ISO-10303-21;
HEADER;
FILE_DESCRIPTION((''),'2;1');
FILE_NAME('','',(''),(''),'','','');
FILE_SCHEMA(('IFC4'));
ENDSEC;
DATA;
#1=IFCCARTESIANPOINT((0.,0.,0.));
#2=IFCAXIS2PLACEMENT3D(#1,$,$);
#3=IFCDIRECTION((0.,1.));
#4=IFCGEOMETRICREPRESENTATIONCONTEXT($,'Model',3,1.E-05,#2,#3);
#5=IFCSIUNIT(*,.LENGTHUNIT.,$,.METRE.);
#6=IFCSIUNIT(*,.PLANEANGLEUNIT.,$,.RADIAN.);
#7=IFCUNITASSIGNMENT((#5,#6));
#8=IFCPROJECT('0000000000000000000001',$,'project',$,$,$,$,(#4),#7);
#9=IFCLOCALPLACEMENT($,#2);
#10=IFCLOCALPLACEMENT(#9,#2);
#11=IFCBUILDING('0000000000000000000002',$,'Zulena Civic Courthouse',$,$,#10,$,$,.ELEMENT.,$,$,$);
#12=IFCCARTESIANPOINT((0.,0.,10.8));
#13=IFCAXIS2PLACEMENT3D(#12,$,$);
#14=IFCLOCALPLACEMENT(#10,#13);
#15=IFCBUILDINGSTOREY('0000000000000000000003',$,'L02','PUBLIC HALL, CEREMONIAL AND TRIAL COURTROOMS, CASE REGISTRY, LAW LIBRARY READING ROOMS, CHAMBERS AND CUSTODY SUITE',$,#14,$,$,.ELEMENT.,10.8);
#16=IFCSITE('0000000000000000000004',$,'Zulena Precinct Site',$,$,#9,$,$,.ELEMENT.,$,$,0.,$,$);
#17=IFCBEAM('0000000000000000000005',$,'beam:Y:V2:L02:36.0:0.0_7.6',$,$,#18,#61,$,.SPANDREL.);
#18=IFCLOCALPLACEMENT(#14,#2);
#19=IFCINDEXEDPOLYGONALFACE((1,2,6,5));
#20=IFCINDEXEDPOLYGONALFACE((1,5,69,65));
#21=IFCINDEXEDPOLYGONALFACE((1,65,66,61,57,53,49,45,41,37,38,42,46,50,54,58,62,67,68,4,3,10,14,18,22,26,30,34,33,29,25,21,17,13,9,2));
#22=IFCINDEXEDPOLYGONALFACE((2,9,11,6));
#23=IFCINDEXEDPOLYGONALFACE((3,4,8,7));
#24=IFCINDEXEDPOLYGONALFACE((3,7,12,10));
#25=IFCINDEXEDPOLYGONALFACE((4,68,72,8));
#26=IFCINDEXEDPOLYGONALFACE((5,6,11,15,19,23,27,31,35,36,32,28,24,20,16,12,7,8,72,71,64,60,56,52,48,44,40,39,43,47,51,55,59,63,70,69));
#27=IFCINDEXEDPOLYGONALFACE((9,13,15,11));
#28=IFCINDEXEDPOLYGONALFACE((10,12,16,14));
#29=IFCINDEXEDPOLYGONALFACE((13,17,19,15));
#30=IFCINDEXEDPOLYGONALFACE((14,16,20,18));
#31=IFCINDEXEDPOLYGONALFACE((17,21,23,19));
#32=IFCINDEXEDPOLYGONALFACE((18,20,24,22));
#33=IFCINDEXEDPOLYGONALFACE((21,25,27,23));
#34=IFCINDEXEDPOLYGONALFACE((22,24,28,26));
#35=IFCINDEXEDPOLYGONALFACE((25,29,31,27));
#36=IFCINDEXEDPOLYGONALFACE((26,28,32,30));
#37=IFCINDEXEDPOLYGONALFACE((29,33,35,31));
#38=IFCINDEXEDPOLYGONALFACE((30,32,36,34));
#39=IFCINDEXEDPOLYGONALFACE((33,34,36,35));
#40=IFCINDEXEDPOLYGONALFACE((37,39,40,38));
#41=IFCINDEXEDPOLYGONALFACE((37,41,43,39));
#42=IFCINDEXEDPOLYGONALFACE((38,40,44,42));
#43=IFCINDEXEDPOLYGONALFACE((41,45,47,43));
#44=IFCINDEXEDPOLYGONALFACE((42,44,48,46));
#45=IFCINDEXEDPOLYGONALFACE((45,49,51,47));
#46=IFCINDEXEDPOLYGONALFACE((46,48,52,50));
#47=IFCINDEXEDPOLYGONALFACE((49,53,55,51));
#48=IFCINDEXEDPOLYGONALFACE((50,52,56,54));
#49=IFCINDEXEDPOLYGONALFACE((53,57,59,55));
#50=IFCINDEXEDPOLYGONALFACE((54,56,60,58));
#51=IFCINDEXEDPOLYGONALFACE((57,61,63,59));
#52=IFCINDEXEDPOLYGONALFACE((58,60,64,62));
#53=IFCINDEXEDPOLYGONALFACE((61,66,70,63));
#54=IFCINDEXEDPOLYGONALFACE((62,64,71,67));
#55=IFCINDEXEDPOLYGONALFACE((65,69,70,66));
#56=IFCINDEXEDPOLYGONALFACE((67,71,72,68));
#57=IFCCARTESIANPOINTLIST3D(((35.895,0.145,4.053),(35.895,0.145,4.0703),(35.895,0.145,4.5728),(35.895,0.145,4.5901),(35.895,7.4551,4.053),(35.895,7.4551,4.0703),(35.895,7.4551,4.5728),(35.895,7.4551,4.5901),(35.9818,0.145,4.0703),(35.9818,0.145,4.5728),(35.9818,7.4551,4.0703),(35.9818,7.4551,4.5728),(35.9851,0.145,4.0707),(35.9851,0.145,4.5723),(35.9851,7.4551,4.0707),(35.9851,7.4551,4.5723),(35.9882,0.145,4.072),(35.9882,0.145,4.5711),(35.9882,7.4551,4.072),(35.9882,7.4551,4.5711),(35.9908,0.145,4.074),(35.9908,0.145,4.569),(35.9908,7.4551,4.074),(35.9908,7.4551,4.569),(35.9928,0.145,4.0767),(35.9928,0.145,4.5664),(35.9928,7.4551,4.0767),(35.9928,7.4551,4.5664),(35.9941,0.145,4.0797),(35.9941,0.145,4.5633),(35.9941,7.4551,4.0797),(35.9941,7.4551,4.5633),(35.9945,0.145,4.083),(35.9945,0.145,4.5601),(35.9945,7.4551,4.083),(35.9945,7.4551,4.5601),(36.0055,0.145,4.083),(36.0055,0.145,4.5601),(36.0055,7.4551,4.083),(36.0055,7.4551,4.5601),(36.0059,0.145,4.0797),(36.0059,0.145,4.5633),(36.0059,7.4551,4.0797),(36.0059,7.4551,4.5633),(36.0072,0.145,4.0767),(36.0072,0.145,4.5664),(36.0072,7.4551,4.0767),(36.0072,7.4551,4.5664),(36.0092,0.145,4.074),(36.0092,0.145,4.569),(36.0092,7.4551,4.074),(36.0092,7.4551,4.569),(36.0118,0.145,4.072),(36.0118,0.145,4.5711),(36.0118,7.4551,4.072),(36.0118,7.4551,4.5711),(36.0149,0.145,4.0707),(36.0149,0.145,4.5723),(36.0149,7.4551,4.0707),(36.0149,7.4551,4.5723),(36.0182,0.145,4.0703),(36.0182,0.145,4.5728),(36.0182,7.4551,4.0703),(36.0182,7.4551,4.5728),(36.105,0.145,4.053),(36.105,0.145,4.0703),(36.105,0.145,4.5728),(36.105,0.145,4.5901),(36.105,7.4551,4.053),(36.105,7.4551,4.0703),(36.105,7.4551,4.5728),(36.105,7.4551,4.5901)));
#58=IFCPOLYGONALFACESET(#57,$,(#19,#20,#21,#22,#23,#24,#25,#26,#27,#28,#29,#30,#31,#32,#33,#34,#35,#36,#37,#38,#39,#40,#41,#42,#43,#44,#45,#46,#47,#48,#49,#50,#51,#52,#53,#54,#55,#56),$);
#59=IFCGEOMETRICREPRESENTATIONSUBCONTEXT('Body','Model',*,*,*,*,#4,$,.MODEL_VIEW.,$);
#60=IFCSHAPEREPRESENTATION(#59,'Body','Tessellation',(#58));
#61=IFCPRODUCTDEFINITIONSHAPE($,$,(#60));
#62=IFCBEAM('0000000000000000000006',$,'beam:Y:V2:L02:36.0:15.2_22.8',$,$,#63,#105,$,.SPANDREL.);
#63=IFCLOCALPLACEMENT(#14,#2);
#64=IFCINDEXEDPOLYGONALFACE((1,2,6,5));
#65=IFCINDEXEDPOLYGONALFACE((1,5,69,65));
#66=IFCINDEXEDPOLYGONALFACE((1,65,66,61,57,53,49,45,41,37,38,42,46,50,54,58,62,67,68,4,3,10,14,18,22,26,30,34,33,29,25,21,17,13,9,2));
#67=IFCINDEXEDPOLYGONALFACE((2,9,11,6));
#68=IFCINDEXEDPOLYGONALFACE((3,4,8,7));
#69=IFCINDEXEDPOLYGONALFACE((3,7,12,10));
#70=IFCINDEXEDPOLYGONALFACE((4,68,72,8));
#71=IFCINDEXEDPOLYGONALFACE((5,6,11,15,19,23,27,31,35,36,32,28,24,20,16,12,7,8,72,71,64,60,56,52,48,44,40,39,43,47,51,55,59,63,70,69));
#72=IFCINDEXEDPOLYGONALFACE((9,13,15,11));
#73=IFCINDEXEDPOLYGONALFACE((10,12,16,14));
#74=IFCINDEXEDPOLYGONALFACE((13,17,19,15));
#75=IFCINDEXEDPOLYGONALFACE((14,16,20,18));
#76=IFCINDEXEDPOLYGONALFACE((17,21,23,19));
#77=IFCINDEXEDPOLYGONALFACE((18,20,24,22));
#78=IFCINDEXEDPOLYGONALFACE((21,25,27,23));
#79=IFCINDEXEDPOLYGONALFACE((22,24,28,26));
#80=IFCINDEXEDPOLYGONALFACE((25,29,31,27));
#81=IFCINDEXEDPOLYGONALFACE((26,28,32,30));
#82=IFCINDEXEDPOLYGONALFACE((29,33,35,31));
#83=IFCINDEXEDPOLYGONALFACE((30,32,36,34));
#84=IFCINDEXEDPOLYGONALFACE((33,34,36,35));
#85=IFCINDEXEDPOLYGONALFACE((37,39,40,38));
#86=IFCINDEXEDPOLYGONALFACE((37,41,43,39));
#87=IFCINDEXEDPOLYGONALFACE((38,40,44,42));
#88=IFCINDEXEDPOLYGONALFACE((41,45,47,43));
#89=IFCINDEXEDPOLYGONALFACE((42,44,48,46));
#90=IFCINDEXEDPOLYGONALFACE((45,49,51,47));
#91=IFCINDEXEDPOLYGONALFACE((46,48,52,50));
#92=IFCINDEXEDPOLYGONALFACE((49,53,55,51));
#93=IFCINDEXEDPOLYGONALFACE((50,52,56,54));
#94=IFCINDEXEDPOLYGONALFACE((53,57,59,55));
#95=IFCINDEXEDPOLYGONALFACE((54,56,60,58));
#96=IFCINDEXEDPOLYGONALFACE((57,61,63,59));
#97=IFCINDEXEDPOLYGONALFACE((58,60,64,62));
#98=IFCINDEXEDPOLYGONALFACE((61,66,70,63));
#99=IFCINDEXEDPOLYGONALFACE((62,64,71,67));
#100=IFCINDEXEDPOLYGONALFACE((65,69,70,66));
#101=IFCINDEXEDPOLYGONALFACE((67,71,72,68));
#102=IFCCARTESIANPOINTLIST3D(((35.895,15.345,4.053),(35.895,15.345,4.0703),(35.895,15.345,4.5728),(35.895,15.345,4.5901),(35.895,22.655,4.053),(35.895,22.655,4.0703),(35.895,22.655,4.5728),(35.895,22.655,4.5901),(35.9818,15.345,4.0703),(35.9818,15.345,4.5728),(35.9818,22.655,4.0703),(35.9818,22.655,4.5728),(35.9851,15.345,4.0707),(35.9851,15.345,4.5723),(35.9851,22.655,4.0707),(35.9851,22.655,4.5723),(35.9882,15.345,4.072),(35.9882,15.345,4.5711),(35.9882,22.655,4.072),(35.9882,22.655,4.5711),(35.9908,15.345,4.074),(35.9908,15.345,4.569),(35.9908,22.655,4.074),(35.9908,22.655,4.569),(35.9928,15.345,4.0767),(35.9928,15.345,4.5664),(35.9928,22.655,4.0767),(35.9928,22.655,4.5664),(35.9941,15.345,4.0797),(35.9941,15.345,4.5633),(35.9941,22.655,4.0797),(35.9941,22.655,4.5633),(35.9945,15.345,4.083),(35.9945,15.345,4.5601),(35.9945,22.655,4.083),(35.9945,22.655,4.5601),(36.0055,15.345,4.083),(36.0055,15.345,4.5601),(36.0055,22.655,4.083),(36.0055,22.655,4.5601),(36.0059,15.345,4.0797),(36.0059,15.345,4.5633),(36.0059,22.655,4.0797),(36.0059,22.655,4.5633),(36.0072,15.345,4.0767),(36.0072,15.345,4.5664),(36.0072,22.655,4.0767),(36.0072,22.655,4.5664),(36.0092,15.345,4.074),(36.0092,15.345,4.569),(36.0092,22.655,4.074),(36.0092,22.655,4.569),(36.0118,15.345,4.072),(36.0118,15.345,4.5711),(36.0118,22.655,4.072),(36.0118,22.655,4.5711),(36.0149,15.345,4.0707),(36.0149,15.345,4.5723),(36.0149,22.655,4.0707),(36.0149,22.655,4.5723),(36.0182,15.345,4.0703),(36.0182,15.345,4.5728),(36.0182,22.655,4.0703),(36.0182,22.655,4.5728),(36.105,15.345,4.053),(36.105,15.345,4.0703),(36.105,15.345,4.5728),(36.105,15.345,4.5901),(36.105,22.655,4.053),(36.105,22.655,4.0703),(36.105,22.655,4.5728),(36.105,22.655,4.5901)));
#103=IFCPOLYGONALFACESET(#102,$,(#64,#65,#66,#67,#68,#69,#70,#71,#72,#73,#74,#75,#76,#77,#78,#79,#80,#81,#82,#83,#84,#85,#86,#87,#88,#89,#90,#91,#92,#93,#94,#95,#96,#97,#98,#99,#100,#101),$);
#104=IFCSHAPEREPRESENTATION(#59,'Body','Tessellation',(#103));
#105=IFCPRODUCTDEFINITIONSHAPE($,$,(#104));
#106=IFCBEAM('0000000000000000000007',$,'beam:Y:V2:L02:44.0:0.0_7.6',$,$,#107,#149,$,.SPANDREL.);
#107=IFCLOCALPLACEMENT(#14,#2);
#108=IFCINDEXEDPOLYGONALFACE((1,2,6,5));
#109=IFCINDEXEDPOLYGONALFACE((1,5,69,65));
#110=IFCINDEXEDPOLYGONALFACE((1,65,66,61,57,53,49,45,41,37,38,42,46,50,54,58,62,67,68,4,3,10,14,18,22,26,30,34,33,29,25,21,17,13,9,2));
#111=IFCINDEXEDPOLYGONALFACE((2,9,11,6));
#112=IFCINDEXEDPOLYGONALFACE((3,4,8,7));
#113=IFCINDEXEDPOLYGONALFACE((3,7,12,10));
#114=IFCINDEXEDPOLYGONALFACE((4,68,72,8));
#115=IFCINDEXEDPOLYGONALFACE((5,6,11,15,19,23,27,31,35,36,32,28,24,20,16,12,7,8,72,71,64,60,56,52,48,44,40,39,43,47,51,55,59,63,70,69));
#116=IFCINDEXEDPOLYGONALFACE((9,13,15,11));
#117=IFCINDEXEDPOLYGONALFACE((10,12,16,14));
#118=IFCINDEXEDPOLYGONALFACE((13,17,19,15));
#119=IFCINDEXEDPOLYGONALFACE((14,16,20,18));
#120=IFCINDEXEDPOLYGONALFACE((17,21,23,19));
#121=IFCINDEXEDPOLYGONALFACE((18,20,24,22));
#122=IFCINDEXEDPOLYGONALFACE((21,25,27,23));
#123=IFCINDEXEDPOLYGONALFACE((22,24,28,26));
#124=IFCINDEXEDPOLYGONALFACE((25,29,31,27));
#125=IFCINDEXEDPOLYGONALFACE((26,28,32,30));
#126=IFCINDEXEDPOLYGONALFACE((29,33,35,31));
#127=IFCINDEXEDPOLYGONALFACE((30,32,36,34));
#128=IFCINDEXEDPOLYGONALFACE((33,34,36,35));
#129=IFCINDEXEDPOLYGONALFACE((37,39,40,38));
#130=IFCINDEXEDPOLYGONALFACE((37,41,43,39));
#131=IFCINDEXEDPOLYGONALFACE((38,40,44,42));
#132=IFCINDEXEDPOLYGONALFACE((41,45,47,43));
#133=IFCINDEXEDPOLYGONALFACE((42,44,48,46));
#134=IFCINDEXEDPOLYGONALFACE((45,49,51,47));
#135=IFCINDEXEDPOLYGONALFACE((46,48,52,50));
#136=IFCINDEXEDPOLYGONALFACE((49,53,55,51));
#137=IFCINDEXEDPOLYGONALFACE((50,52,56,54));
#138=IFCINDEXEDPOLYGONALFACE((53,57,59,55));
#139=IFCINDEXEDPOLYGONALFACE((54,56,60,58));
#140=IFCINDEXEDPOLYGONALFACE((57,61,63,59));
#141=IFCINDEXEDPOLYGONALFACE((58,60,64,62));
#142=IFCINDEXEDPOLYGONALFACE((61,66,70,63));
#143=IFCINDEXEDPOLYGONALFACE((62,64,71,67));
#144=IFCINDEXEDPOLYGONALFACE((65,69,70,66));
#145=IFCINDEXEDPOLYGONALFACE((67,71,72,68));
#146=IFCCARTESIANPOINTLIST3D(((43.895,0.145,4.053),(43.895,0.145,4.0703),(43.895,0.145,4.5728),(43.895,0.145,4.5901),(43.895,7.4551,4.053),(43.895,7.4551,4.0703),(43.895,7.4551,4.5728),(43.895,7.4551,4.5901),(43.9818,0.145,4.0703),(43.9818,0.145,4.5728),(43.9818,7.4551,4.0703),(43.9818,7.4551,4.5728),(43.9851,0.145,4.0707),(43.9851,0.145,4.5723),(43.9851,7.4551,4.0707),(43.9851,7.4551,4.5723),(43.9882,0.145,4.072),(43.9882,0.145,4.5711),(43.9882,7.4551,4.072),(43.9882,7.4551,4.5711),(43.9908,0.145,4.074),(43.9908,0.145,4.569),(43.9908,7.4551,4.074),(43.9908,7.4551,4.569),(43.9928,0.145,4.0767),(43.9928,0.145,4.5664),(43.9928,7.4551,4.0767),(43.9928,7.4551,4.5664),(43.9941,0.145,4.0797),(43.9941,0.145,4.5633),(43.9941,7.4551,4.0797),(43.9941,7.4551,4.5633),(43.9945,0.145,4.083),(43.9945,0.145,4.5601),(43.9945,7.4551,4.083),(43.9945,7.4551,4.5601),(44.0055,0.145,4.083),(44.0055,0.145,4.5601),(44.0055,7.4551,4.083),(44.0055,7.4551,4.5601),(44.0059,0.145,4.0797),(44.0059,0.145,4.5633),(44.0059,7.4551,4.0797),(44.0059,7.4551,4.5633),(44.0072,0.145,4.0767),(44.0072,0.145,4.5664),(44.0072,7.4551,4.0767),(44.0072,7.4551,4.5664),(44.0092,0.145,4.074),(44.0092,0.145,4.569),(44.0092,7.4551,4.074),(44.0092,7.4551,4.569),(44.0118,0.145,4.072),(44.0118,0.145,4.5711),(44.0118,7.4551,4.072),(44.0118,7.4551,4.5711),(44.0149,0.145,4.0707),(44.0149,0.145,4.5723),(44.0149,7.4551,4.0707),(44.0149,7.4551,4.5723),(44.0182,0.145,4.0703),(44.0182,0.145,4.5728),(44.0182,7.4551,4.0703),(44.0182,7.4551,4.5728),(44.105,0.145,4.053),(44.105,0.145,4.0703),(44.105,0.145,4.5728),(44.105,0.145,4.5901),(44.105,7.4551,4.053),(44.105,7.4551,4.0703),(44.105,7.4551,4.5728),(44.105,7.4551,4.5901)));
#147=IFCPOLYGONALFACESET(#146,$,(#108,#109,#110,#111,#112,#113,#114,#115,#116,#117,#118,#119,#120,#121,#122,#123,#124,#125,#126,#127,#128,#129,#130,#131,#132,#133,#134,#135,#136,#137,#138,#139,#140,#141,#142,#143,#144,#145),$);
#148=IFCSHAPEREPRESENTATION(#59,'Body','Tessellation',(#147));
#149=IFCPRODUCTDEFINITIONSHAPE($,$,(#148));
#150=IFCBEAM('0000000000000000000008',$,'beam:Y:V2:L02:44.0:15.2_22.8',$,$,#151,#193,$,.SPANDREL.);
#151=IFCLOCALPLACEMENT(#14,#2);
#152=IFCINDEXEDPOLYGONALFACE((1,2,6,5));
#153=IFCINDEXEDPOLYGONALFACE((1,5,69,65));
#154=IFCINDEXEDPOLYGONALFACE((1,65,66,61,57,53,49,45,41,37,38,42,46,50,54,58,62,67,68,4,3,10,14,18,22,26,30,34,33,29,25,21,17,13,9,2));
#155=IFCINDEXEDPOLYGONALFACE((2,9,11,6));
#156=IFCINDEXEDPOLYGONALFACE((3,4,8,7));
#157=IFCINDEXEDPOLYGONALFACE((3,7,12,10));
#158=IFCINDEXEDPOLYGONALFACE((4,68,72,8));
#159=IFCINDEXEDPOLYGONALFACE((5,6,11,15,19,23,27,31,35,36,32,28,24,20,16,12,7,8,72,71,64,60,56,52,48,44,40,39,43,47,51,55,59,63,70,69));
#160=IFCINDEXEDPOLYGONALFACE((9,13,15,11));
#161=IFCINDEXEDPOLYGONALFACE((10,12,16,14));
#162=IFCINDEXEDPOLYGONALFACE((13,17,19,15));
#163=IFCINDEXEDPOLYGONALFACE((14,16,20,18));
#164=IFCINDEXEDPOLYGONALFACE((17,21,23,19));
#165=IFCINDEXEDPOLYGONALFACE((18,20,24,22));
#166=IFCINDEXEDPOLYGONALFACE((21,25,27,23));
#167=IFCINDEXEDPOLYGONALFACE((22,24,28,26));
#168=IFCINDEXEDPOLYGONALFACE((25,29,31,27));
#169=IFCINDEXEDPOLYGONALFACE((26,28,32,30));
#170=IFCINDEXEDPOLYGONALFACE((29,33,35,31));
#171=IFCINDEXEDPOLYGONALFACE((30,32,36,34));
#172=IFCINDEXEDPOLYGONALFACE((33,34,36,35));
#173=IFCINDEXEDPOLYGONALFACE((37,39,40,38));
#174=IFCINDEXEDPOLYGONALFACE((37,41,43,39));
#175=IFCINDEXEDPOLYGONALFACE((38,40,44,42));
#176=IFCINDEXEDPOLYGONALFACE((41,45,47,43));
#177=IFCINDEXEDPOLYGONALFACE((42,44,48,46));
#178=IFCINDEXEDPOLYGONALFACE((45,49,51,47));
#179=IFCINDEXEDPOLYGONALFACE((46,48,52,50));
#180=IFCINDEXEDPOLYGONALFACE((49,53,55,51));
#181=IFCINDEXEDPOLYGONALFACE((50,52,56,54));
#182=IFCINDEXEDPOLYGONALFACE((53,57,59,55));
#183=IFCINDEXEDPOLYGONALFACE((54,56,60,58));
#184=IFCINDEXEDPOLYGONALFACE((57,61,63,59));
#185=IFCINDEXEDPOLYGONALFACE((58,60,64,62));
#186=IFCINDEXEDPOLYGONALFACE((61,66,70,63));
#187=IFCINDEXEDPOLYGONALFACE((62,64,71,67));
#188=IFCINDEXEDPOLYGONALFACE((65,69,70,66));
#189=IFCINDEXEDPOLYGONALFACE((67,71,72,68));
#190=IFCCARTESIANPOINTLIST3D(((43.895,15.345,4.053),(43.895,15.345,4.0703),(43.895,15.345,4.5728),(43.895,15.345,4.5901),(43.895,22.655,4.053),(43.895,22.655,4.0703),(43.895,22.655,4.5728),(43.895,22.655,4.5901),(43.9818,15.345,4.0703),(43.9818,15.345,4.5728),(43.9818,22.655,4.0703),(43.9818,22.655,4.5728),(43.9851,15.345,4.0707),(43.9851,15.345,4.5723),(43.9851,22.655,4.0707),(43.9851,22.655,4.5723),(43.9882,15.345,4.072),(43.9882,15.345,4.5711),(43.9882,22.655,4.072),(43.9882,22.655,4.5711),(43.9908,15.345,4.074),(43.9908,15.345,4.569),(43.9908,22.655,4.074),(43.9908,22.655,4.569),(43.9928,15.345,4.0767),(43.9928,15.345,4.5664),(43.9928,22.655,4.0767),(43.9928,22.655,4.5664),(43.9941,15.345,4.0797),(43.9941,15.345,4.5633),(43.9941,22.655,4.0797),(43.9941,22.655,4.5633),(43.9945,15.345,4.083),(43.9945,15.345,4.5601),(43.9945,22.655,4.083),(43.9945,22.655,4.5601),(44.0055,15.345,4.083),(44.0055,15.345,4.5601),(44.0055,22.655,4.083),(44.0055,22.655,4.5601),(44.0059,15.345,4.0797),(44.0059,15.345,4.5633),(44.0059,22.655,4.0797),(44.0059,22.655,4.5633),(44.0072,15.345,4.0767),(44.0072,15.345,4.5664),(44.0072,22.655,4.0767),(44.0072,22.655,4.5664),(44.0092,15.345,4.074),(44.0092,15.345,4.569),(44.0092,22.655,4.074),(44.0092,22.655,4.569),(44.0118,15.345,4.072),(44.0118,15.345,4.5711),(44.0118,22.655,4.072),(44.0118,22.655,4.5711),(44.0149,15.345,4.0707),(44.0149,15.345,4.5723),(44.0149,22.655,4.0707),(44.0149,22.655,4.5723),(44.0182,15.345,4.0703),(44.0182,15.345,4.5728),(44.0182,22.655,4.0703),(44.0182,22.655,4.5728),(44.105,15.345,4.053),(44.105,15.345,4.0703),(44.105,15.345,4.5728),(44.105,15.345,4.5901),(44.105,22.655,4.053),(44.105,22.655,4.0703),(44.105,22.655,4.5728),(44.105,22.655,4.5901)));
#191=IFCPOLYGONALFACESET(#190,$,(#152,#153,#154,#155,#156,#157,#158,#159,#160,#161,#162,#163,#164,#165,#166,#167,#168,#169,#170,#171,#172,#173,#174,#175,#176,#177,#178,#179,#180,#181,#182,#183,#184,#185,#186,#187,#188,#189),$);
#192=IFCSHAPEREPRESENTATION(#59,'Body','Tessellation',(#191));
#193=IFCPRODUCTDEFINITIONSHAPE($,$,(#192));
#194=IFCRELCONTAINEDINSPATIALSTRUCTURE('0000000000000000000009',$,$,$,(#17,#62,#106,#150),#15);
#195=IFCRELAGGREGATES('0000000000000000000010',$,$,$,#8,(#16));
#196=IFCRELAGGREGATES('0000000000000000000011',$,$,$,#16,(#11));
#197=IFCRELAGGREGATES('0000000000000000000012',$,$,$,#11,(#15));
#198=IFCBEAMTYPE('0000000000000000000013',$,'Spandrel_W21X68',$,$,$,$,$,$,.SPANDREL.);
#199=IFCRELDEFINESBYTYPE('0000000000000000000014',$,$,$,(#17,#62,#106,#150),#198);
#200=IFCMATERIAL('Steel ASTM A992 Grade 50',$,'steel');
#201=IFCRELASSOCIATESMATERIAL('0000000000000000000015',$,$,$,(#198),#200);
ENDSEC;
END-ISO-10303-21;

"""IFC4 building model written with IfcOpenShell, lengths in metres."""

from ifc_helpers import new_model, si_unit, direction, frame, origin, origin_2d, place, context, subcontext, project, spatial, i_section, extrude, material, material_profile, profile_set, type_object, element, save


model = new_model("IFC4")

# Units and contexts
model_context = context("Model", 3, precision=1e-05, world=origin(), true_north=direction((0.0, 1.0)))
body_context = subcontext(model_context, "Body", "Model", "MODEL_VIEW")
ifc_project = project(units=[si_unit("LENGTHUNIT", "METRE"), si_unit("PLANEANGLEUNIT", "RADIAN")], contexts=[model_context])

# Site, building, storey
site_placement = place(None, origin())
site = spatial("IfcSite", under=ifc_project, at=site_placement, Name="Zulena Precinct Site", CompositionType="ELEMENT", RefElevation=0.0)
building_placement = place(site_placement, origin())
building = spatial("IfcBuilding", under=site, at=building_placement, Name="Zulena Civic Courthouse", CompositionType="ELEMENT")
storey_placement = place(building_placement, frame((0.0, 0.0, 10.8)))
storey = spatial("IfcBuildingStorey", under=building, at=storey_placement, Name="L02", Description="PUBLIC HALL, CEREMONIAL AND TRIAL COURTROOMS, CASE REGISTRY, LAW LIBRARY READING ROOMS, CHAMBERS AND CUSTODY SUITE", CompositionType="ELEMENT", Elevation=10.8)

# Shared definitions
ifc_material_1 = material(Name="Steel ASTM A992 Grade 50", Category="steel")

# Beams
ifc_material_profile_1 = material_profile(ifc_material_1, i_section(OverallWidth=0.21, OverallDepth=0.5371, WebThickness=0.011, FlangeThickness=0.0173, FilletRadius=0.0127, at=origin_2d()), Name="W21X68")
ifc_profile_set_1 = profile_set([ifc_material_profile_1], Name="Steel ASTM A992 Grade 50")
beam_type_1 = type_object("IfcBeamType", Name="Spandrel_W21X68", PredefinedType="SPANDREL", material=ifc_profile_set_1)
for number, where, z_axis, x_axis, name in (
    (1, (36.0, 0.145, 4.3215), (0.0, 1.0, 0.0), (-1.0, 0.0, 0.0), "beam:Y:V2:L02:36.0:0.0_7.6"),
    (2, (36.0, 15.345, 4.3215), (0.0, 1.0, 0.0), (-1.0, 0.0, 0.0), "beam:Y:V2:L02:36.0:15.2_22.8"),
    (3, (44.0, 0.145, 4.3215), (0.0, 1.0, 0.0), (-1.0, 0.0, 0.0), "beam:Y:V2:L02:44.0:0.0_7.6"),
    (4, (44.0, 15.345, 4.3215), (0.0, 1.0, 0.0), (-1.0, 0.0, 0.0), "beam:Y:V2:L02:44.0:15.2_22.8"),
):
    element("IfcBeam", number, at=place(storey_placement, frame(where, z_axis=z_axis, x_axis=x_axis)), inside=storey, type_object=beam_type_1, Name=name, PredefinedType="SPANDREL", context=body_context, shape_type="SweptSolid", body=[
        extrude(i_section(OverallWidth=0.21, OverallDepth=0.5371, WebThickness=0.011, FlangeThickness=0.0173, FilletRadius=0.0127, at=origin_2d()), origin(), (0.0, 0.0, 1.0), 7.3101),
    ])

save(model, "model.ifc")
